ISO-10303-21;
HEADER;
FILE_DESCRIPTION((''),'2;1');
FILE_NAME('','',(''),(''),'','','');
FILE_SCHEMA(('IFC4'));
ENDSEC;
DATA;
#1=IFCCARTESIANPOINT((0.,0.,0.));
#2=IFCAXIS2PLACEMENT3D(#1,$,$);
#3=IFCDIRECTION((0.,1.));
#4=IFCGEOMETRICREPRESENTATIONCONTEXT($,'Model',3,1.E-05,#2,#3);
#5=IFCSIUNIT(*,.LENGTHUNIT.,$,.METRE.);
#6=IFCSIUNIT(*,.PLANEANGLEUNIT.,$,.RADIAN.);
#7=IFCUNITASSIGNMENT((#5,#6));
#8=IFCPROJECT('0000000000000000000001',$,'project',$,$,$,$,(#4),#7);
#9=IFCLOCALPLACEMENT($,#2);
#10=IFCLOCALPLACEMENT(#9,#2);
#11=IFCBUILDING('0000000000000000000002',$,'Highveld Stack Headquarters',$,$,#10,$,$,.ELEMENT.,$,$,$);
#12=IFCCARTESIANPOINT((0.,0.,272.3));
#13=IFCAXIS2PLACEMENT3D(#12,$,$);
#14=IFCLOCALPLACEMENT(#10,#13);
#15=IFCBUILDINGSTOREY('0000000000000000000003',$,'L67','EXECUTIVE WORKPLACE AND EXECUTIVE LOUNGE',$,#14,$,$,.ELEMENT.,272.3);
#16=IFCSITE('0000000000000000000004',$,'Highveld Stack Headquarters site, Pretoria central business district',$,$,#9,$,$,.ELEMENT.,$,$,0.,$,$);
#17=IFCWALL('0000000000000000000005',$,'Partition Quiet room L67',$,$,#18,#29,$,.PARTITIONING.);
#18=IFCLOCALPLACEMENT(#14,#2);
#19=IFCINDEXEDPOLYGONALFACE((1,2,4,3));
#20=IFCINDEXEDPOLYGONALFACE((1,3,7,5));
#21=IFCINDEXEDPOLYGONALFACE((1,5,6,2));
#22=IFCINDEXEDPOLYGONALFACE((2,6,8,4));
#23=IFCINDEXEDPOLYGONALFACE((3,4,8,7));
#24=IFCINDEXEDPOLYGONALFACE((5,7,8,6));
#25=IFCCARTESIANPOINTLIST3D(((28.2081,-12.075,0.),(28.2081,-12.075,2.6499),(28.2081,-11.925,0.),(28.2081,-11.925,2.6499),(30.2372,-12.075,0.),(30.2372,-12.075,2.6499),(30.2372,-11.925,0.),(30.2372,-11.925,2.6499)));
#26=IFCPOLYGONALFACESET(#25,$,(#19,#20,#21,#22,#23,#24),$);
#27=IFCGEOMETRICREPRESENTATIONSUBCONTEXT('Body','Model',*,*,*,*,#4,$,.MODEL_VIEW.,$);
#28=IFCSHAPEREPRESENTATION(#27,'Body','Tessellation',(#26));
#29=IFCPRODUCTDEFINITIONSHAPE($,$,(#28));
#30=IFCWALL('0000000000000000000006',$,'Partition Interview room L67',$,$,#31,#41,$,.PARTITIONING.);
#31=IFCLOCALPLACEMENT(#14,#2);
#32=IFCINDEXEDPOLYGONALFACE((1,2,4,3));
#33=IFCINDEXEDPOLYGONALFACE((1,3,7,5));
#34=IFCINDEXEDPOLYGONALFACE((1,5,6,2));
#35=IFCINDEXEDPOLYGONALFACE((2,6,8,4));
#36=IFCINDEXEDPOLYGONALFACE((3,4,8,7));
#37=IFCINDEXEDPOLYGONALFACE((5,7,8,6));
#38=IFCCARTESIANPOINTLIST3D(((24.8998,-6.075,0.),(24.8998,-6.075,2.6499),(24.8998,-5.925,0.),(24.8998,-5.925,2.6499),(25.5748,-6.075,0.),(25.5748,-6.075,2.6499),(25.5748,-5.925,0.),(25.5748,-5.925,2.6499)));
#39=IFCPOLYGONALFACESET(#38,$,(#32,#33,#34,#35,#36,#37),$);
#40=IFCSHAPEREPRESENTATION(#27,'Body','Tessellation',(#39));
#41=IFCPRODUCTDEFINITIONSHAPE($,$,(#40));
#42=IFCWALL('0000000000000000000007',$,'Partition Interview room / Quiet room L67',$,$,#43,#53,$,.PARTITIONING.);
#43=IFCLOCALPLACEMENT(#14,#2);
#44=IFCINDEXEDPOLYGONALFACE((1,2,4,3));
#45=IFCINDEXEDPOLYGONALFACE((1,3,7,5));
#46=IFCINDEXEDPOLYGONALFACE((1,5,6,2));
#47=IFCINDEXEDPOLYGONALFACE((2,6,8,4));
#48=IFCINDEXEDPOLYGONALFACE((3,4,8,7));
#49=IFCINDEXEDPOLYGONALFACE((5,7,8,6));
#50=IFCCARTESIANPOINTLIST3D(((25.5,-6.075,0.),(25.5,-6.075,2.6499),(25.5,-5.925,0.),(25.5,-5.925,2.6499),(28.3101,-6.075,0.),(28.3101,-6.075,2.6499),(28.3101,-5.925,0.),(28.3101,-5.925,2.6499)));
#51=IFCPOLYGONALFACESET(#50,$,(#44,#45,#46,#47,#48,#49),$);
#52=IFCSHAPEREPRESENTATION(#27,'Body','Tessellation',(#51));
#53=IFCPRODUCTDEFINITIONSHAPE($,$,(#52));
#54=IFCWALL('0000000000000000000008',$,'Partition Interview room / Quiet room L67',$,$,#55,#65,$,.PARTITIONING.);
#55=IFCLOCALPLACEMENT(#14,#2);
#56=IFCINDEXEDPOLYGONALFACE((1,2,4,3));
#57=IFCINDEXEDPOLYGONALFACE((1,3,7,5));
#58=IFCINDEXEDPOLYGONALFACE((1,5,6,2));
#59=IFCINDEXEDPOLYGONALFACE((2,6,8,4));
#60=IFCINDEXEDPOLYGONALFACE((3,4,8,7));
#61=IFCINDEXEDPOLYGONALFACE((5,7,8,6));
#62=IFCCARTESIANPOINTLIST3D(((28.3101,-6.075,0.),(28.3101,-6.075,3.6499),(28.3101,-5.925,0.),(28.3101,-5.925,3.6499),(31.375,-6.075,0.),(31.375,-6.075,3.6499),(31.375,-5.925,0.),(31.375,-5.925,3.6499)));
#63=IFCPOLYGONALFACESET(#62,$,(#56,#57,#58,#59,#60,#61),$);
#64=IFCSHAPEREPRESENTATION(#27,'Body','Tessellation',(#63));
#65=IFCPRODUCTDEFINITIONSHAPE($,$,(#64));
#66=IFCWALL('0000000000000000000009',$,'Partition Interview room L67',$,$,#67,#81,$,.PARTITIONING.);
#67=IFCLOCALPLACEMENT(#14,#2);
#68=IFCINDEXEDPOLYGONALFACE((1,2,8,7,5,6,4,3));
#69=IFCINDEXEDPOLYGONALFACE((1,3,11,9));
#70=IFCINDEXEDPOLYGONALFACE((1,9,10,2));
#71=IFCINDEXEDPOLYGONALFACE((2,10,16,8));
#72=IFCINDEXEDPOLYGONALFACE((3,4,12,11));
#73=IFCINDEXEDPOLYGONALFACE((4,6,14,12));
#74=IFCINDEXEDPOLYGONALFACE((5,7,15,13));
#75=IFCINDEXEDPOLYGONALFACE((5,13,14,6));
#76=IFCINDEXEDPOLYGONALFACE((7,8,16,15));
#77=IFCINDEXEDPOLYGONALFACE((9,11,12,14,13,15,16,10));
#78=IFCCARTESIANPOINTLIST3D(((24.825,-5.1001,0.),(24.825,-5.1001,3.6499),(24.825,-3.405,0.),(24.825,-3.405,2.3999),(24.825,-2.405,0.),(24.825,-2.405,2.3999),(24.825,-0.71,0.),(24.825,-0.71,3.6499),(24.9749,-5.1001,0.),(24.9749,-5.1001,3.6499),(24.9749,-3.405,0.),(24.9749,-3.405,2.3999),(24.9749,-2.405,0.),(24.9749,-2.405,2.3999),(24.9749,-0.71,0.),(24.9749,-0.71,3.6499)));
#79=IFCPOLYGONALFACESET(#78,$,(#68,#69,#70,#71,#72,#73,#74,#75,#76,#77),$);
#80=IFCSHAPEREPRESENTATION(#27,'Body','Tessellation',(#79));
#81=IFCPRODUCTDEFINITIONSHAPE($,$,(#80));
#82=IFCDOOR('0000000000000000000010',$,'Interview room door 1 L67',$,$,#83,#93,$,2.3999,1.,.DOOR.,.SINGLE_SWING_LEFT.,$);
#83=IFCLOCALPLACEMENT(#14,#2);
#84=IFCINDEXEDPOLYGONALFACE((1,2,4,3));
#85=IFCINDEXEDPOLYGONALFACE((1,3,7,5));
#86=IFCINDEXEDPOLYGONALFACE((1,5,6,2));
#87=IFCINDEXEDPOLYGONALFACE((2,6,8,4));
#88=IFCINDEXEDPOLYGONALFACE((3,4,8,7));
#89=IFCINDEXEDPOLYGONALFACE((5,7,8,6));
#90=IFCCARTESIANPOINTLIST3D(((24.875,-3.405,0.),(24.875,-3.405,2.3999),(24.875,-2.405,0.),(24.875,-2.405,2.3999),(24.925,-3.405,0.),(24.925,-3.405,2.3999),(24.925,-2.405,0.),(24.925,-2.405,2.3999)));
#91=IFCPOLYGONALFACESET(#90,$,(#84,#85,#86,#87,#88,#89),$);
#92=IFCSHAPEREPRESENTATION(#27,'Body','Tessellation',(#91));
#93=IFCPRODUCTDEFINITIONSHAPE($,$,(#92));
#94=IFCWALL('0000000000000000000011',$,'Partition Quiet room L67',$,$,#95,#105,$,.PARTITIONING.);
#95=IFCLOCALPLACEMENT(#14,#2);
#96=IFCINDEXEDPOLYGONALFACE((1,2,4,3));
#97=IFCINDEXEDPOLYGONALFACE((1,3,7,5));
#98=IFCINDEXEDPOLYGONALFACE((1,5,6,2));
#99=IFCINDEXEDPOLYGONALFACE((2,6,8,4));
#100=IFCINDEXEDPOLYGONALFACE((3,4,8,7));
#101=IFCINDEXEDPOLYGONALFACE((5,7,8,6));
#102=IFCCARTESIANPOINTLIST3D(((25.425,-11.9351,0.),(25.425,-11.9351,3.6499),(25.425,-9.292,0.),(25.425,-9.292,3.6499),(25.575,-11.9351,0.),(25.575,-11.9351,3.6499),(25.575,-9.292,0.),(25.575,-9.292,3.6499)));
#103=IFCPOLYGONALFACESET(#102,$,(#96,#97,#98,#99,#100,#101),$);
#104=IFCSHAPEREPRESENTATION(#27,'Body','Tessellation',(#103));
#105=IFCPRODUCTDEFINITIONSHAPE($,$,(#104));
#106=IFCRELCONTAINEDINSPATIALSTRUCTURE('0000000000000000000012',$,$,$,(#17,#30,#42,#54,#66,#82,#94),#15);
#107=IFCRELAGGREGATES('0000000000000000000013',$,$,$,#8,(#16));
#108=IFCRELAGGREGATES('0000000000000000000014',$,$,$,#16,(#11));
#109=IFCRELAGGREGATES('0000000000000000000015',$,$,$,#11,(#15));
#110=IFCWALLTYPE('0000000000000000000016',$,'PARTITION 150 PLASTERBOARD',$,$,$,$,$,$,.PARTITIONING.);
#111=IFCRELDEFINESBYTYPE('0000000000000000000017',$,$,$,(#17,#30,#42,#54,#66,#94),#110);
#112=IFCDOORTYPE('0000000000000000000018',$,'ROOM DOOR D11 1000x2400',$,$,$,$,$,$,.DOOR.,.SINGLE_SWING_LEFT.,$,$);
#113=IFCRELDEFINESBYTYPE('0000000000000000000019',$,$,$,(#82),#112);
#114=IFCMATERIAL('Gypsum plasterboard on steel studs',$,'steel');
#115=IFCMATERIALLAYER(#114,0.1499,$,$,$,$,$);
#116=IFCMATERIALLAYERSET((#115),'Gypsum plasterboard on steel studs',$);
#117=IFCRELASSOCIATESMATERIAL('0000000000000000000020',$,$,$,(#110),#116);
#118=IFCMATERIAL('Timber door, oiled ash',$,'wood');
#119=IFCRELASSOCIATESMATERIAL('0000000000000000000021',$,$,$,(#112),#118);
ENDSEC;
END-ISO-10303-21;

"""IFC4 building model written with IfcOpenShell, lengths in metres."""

from ifc_helpers import new_model, si_unit, direction, frame, frame_2d, origin, place, context, subcontext, project, spatial, rectangle, extrude, material, layer, layer_set, type_object, element, fill, save


model = new_model("IFC4")

# Units and contexts
model_context = context("Model", 3, precision=1e-05, world=origin(), true_north=direction((0.0, 1.0)))
body_context = subcontext(model_context, "Body", "Model", "MODEL_VIEW")
ifc_project = project(units=[si_unit("LENGTHUNIT", "METRE"), si_unit("PLANEANGLEUNIT", "RADIAN")], contexts=[model_context])

# Site, building, storey
site_placement = place(None, origin())
site = spatial("IfcSite", under=ifc_project, at=site_placement, Name="Highveld Stack Headquarters site, Pretoria central business district", CompositionType="ELEMENT", RefElevation=0.0)
building_placement = place(site_placement, origin())
building = spatial("IfcBuilding", under=site, at=building_placement, Name="Highveld Stack Headquarters", CompositionType="ELEMENT")
storey_placement = place(building_placement, frame((0.0, 0.0, 272.3)))
storey = spatial("IfcBuildingStorey", under=building, at=storey_placement, Name="L67", Description="EXECUTIVE WORKPLACE AND EXECUTIVE LOUNGE", CompositionType="ELEMENT", Elevation=272.3)

# Walls
ifc_material_1 = material(Name="Gypsum plasterboard on steel studs", Category="steel")
ifc_layer_1 = layer(ifc_material_1, 0.1499)
ifc_layer_set_1 = layer_set([ifc_layer_1], Name="Gypsum plasterboard on steel studs")
wall_type = type_object("IfcWallType", Name="PARTITION 150 PLASTERBOARD", PredefinedType="PARTITIONING", material=ifc_layer_set_1)
wall_1_placement = place(storey_placement, frame((28.208, -12.0, 0.0), z_axis=(0.0, 0.0, 1.0), x_axis=(1.0, 0.0, 0.0)))
element("IfcWall", 1, at=wall_1_placement, inside=storey, type_object=wall_type, Name="Partition Quiet room L67", PredefinedType="PARTITIONING", context=body_context, shape_type="SweptSolid", body=[
    extrude(rectangle(XDim=2.0291, YDim=0.1499, at=frame_2d((1.0146, 0.0))), origin(), (0.0, 0.0, 1.0), 2.6499),
])
wall_2_placement = place(storey_placement, frame((24.8999, -6.0, 0.0), z_axis=(0.0, 0.0, 1.0), x_axis=(1.0, 0.0, 0.0)))
element("IfcWall", 2, at=wall_2_placement, inside=storey, type_object=wall_type, Name="Partition Interview room L67", PredefinedType="PARTITIONING", context=body_context, shape_type="SweptSolid", body=[
    extrude(rectangle(XDim=0.675, YDim=0.1499, at=frame_2d((0.3374, 0.0))), origin(), (0.0, 0.0, 1.0), 2.6499),
])
wall_3_placement = place(storey_placement, frame((25.5, -6.0, 0.0), z_axis=(0.0, 0.0, 1.0), x_axis=(1.0, 0.0, 0.0)))
element("IfcWall", 3, at=wall_3_placement, inside=storey, type_object=wall_type, Name="Partition Interview room / Quiet room L67", PredefinedType="PARTITIONING", context=body_context, shape_type="SweptSolid", body=[
    extrude(rectangle(XDim=2.8101, YDim=0.1499, at=frame_2d((1.405, 0.0))), origin(), (0.0, 0.0, 1.0), 2.6499),
])
wall_4_placement = place(storey_placement, frame((28.3101, -6.0, 0.0), z_axis=(0.0, 0.0, 1.0), x_axis=(1.0, 0.0, 0.0)))
element("IfcWall", 4, at=wall_4_placement, inside=storey, type_object=wall_type, Name="Partition Interview room / Quiet room L67", PredefinedType="PARTITIONING", context=body_context, shape_type="SweptSolid", body=[
    extrude(rectangle(XDim=3.0649, YDim=0.1499, at=frame_2d((1.5325, 0.0))), origin(), (0.0, 0.0, 1.0), 3.6499),
])

# Wall, opening, door
wall_5_placement = place(storey_placement, frame((24.8999, -5.1001, 0.0), z_axis=(0.0, 0.0, 1.0), x_axis=(0.0, 1.0, 0.0)))
wall_5 = element("IfcWall", 5, at=wall_5_placement, inside=storey, type_object=wall_type, Name="Partition Interview room L67", PredefinedType="PARTITIONING", context=body_context, shape_type="SweptSolid", body=[
    extrude(rectangle(XDim=4.3901, YDim=0.1499, at=frame_2d((2.1951, 0.0))), origin(), (0.0, 0.0, 1.0), 3.6499),
])
opening_1_placement = place(wall_5_placement, frame((1.6951, 0.0, 0.0)))
opening_1 = element("IfcOpeningElement", 6, at=opening_1_placement, cuts=wall_5, PredefinedType="OPENING", context=body_context, shape_type="SweptSolid", body=[
    extrude(rectangle(XDim=1.0, YDim=2.3999, at=frame_2d((0.5, 1.2))), frame((0.0, 0.085, 0.0), z_axis=(0.0, -1.0, 0.0), x_axis=(1.0, 0.0, 0.0)), (0.0, 0.0, 1.0), 0.1699),
])
ifc_material_2 = material(Name="Timber door, oiled ash", Category="wood")
door_type = type_object("IfcDoorType", Name="ROOM DOOR D11 1000x2400", OperationType="SINGLE_SWING_LEFT", PredefinedType="DOOR", material=ifc_material_2)
door_1_placement = place(opening_1_placement, origin())
door_1 = element("IfcDoor", 7, at=door_1_placement, inside=storey, type_object=door_type, Name="Interview room door 1 L67", OperationType="SINGLE_SWING_LEFT", OverallHeight=2.3999, OverallWidth=1.0, PredefinedType="DOOR", context=body_context, shape_type="SweptSolid", body=[
    extrude(rectangle(XDim=1.0, YDim=2.3999, at=frame_2d((0.5, 1.2))), frame((0.0, 0.0249, 0.0), z_axis=(0.0, -1.0, 0.0), x_axis=(1.0, 0.0, 0.0)), (0.0, 0.0, 1.0), 0.05),
])
fill(opening_1, door_1)

# Wall
wall_6_placement = place(storey_placement, frame((25.5, -11.9351, 0.0), z_axis=(0.0, 0.0, 1.0), x_axis=(0.0, 1.0, 0.0)))
element("IfcWall", 8, at=wall_6_placement, inside=storey, type_object=wall_type, Name="Partition Quiet room L67", PredefinedType="PARTITIONING", context=body_context, shape_type="SweptSolid", body=[
    extrude(rectangle(XDim=2.6431, YDim=0.1499, at=frame_2d((1.3215, 0.0))), origin(), (0.0, 0.0, 1.0), 3.6499),
])

save(model, "model.ifc")
